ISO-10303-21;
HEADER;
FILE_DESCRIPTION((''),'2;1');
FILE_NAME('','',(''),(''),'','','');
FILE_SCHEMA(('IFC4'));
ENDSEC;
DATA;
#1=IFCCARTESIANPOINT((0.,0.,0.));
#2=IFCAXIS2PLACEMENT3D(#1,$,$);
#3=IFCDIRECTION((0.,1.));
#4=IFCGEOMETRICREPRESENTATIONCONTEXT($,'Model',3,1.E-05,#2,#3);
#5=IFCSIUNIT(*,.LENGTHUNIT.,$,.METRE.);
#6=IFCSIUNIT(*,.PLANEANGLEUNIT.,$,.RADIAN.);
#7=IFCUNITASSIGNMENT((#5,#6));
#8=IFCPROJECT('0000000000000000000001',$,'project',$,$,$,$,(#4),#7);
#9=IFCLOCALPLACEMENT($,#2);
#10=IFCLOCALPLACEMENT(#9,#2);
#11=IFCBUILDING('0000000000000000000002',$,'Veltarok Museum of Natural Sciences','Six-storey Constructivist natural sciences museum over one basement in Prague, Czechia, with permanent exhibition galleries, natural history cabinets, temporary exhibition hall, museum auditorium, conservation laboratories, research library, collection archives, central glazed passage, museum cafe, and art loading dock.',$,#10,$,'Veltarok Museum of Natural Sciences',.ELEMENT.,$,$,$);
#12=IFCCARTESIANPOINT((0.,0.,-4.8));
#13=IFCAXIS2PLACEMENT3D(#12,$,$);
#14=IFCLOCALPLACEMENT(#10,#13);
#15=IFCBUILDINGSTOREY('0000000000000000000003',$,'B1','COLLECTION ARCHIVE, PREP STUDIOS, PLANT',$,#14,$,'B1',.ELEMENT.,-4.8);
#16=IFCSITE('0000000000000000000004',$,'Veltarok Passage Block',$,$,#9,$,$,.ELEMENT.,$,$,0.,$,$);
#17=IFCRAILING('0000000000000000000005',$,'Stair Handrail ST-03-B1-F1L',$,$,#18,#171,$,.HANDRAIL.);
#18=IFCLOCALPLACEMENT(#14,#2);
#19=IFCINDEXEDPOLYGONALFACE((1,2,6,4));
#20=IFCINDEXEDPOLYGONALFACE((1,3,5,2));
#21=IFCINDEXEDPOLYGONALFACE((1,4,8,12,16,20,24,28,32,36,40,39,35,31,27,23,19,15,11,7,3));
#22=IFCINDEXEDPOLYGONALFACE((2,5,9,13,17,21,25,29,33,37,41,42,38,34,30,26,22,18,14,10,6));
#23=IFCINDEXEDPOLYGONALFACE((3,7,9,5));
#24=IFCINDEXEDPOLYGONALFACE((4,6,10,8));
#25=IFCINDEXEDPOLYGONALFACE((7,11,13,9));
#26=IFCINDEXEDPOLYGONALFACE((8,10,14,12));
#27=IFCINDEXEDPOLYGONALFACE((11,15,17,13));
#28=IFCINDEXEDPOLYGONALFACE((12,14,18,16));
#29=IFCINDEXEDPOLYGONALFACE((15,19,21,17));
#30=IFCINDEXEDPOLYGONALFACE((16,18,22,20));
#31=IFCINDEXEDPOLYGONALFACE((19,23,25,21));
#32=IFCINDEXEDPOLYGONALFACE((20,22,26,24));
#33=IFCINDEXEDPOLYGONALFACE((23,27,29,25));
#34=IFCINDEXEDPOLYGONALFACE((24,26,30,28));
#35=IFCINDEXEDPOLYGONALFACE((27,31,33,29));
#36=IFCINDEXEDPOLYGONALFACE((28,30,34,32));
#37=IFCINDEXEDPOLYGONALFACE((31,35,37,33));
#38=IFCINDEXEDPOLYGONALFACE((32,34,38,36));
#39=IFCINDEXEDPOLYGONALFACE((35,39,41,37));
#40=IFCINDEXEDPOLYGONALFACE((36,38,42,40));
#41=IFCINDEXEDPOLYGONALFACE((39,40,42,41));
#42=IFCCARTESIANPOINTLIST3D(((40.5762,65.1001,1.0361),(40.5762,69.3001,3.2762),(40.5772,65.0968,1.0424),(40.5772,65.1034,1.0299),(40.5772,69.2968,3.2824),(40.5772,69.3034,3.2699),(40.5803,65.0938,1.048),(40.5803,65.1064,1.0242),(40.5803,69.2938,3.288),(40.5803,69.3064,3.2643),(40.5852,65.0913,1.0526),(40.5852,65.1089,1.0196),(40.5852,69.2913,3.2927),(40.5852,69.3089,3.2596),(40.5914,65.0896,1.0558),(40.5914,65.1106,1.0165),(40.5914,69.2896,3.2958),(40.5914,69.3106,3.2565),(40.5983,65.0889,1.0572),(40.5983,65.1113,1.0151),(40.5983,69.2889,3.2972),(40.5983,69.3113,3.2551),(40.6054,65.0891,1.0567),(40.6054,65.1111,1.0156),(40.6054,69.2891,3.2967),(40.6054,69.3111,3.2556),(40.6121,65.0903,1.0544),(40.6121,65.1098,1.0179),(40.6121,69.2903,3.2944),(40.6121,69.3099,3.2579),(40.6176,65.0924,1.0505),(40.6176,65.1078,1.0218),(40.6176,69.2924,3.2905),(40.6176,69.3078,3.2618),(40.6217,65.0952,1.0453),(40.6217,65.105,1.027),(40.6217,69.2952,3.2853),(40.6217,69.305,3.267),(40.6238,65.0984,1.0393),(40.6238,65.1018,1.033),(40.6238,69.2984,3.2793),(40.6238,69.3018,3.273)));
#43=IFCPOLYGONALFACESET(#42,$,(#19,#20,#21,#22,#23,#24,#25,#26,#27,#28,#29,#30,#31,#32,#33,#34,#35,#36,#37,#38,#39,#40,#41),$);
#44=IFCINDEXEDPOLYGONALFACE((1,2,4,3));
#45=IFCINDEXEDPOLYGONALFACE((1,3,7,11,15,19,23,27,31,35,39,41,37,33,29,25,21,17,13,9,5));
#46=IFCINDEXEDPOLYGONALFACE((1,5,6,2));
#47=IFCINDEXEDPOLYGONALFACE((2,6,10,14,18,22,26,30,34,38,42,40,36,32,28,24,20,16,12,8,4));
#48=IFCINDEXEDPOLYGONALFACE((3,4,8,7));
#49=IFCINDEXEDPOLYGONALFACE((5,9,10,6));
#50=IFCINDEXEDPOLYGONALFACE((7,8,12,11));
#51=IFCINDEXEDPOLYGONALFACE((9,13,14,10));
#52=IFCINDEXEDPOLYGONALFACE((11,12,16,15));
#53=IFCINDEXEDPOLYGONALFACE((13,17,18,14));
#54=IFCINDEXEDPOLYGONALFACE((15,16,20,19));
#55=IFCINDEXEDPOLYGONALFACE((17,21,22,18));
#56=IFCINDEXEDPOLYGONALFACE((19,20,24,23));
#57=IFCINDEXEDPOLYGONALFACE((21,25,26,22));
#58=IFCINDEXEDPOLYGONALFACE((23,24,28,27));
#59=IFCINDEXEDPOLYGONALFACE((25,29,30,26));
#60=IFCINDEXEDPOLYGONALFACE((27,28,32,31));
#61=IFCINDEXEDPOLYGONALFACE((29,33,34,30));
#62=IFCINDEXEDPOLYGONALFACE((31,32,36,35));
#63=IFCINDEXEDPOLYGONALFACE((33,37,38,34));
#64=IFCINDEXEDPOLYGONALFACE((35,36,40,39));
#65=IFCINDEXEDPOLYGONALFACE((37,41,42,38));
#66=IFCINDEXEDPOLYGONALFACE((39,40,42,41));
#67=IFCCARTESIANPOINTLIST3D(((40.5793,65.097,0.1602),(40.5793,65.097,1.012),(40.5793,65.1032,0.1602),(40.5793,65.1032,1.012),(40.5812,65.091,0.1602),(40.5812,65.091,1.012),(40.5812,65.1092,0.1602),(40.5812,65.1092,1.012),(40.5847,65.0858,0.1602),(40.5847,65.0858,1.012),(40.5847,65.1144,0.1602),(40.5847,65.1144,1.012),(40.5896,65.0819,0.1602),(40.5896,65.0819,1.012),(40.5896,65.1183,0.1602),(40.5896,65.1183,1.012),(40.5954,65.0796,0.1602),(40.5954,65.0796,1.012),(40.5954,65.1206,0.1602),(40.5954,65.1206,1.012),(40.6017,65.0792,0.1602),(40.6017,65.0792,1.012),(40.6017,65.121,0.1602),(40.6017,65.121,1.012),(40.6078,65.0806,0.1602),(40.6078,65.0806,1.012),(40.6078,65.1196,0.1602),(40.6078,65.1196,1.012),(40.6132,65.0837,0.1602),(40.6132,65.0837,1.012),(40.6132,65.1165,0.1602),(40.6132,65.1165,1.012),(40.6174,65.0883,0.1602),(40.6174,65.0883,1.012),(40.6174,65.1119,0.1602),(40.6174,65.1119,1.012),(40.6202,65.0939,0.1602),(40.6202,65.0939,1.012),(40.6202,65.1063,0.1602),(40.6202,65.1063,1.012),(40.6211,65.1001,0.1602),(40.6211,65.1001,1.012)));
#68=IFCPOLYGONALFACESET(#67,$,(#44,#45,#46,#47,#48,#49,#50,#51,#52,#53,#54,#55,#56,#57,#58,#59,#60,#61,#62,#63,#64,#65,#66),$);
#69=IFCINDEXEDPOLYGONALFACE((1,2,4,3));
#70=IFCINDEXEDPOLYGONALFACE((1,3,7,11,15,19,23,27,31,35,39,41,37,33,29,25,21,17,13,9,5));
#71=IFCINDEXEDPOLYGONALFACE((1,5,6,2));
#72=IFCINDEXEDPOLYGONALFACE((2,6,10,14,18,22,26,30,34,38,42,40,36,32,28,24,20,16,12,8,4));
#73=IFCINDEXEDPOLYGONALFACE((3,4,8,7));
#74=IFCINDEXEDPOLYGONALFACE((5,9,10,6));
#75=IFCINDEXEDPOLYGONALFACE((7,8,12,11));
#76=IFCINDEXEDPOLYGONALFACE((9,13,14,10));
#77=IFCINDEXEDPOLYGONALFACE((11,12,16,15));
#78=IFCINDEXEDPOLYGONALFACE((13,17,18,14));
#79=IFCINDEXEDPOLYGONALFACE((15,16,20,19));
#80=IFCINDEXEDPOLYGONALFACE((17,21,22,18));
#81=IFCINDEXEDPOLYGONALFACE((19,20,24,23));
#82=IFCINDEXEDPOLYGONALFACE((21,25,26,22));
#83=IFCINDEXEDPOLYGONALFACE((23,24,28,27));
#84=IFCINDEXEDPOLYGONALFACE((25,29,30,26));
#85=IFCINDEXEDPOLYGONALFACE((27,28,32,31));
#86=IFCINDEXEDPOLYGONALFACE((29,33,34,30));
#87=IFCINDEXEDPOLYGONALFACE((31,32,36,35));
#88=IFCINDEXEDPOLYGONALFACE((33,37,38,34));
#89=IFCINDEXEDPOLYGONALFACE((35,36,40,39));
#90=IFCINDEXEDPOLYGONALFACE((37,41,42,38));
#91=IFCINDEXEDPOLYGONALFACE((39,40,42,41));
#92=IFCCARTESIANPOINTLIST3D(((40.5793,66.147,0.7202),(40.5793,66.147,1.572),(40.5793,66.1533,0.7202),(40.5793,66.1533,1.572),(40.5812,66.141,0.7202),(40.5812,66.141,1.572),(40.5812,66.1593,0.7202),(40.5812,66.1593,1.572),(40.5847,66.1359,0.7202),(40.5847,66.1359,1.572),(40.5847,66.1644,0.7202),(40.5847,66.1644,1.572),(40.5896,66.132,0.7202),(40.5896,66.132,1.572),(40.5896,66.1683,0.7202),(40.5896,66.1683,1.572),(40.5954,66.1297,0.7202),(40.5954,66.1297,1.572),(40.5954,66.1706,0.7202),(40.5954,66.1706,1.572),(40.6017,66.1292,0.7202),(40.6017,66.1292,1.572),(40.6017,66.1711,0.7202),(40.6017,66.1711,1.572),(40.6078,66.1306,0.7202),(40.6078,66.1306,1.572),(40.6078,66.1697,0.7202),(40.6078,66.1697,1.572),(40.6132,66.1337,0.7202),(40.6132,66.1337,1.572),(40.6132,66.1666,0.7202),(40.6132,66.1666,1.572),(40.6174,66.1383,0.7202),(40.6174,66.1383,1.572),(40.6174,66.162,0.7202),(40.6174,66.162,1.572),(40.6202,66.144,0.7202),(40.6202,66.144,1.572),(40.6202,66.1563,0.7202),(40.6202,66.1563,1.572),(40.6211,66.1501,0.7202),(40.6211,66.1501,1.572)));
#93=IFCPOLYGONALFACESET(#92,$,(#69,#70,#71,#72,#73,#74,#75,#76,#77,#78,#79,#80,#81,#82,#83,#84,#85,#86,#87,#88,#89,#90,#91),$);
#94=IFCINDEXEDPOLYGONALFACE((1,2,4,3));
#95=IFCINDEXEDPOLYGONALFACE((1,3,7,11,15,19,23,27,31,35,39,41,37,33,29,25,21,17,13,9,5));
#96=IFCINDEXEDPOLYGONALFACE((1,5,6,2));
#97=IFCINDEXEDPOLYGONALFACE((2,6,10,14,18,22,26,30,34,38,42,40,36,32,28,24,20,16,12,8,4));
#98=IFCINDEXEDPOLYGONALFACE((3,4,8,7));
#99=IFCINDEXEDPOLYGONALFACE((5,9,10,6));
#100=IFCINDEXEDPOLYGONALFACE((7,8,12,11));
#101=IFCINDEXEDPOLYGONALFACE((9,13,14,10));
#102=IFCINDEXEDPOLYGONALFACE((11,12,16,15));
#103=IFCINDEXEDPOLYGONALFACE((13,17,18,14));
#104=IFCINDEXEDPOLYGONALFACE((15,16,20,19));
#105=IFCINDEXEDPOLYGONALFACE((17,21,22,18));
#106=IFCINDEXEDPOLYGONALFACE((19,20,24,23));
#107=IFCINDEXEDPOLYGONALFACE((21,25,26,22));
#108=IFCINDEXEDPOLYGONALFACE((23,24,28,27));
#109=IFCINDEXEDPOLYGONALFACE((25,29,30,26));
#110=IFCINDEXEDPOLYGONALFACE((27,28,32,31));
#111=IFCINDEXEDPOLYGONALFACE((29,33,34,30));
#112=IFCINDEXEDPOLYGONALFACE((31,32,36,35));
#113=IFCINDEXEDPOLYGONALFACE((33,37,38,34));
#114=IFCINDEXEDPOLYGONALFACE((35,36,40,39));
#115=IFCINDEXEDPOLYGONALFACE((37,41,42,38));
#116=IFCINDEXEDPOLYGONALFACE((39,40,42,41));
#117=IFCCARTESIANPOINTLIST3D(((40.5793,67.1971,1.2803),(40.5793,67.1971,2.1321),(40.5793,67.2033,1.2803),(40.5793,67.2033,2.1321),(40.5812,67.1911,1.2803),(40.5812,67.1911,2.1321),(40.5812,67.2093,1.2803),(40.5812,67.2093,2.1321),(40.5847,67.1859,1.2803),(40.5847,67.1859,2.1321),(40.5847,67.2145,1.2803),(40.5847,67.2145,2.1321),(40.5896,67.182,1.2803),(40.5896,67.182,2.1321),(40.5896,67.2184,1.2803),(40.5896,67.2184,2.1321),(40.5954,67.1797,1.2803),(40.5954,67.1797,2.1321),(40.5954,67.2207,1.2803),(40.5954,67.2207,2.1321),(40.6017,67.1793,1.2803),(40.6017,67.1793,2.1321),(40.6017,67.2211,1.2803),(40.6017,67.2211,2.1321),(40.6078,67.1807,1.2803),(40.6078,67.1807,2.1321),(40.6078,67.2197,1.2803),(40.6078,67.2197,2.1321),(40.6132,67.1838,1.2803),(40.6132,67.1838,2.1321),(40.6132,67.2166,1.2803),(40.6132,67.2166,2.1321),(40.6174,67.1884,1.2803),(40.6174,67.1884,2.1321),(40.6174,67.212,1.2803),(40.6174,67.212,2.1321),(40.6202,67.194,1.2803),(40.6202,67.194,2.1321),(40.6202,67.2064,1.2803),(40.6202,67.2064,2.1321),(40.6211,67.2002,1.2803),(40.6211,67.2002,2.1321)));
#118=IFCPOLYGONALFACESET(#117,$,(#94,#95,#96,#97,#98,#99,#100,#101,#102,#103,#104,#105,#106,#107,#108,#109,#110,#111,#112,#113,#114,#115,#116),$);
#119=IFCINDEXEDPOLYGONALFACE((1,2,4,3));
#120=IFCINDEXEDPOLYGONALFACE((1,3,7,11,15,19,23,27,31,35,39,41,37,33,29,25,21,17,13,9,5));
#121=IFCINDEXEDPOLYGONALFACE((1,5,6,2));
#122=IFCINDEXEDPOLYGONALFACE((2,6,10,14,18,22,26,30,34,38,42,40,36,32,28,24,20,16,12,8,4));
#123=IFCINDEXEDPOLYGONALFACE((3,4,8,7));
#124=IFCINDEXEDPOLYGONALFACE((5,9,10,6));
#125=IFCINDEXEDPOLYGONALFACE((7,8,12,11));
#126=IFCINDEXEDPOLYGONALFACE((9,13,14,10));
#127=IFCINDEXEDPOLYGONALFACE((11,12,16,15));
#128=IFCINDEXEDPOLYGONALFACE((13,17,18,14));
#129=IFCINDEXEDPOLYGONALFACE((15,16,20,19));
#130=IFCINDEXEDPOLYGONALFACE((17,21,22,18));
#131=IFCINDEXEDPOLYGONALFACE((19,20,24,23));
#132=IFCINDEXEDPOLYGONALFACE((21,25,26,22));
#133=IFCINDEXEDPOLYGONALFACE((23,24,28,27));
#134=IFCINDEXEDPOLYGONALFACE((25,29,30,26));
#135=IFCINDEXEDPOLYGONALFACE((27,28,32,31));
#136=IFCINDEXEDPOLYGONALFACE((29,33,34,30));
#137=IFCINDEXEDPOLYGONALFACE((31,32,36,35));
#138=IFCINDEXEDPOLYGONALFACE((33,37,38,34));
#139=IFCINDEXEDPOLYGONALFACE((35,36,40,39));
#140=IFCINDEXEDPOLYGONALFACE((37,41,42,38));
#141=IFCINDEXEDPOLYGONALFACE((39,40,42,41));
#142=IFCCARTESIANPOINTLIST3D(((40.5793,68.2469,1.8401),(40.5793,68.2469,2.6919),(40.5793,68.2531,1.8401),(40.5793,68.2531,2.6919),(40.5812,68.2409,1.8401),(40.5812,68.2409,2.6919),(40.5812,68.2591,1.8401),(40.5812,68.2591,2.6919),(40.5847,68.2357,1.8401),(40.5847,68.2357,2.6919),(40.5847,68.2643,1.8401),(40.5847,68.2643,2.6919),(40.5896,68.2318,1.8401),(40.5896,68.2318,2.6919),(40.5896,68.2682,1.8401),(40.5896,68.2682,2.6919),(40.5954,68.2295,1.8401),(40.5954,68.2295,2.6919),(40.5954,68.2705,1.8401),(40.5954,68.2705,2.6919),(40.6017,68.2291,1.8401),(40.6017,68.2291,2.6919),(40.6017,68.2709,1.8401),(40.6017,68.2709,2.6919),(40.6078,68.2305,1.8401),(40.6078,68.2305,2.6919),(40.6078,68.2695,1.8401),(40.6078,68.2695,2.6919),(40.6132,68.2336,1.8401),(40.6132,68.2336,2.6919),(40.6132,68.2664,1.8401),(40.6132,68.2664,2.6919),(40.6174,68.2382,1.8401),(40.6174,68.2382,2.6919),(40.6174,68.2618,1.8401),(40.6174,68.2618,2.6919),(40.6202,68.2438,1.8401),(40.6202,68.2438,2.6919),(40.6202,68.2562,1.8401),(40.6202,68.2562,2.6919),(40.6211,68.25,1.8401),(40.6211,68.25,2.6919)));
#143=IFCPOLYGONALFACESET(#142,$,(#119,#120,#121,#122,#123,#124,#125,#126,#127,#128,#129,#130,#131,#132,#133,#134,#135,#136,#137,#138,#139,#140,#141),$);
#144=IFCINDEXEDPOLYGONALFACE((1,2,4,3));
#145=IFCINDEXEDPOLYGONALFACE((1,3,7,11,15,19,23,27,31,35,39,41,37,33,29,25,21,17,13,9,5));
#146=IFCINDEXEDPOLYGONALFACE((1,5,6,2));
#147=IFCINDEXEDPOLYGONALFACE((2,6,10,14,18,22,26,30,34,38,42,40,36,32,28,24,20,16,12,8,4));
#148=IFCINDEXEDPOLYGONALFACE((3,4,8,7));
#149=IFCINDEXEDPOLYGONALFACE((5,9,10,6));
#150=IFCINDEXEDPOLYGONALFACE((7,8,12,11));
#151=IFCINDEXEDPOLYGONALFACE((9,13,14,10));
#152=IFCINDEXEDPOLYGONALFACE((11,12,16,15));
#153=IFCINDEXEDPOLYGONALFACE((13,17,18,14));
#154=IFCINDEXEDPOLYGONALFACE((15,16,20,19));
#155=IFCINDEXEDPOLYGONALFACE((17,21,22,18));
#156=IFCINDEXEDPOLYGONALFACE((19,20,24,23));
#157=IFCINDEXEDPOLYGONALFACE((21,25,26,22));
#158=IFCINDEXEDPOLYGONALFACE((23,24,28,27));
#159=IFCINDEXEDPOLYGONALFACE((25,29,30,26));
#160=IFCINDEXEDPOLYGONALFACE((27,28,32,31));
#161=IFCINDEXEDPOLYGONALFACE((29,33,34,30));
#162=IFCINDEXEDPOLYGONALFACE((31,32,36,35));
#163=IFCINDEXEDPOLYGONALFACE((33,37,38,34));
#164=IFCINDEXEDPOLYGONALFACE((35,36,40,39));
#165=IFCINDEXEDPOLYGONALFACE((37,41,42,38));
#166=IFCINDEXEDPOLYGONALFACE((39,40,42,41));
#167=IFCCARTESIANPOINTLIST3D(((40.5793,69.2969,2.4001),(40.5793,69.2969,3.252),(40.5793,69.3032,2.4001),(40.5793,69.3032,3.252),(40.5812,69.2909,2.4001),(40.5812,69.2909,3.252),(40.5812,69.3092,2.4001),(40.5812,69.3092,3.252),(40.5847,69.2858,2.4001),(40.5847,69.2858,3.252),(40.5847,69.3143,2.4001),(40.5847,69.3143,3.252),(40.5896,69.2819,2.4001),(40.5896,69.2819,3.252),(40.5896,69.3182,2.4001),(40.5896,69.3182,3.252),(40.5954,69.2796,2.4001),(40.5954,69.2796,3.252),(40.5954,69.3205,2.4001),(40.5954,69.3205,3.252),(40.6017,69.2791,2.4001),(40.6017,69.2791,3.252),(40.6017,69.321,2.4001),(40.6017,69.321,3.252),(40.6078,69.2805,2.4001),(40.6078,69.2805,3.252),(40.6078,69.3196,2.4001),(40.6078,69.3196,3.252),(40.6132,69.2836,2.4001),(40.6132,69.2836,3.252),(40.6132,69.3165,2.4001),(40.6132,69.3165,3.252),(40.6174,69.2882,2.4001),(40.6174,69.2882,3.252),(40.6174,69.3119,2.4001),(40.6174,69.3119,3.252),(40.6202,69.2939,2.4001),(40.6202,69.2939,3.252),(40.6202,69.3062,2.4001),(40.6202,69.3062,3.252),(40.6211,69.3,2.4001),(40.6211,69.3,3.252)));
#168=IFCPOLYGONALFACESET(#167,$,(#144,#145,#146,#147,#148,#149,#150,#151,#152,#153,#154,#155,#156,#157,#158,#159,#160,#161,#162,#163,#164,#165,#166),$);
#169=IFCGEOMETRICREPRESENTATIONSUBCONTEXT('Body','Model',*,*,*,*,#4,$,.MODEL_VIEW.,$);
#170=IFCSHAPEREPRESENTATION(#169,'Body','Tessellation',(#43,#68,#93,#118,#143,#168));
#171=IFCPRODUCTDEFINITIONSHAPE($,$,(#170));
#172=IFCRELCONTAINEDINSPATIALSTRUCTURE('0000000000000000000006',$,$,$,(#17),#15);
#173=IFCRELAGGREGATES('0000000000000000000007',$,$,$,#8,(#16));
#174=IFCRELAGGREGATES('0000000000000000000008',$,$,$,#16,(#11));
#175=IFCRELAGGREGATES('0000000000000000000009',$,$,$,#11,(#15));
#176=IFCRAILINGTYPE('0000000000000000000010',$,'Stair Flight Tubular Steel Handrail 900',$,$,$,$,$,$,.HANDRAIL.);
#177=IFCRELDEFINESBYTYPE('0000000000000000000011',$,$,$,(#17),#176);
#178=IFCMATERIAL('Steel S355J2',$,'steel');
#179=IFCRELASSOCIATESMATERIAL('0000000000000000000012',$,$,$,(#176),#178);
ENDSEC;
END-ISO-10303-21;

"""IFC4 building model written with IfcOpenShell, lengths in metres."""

from ifc_helpers import new_model, si_unit, direction, frame, origin, origin_2d, place, context, subcontext, project, spatial, circle, extrude, material, type_object, element, save


model = new_model("IFC4")

# Units and contexts
model_context = context("Model", 3, precision=1e-05, world=origin(), true_north=direction((0.0, 1.0)))
body_context = subcontext(model_context, "Body", "Model", "MODEL_VIEW")
ifc_project = project(units=[si_unit("LENGTHUNIT", "METRE"), si_unit("PLANEANGLEUNIT", "RADIAN")], contexts=[model_context])

# Site, building, storey
site_placement = place(None, origin())
site = spatial("IfcSite", under=ifc_project, at=site_placement, Name="Veltarok Passage Block", CompositionType="ELEMENT", RefElevation=0.0)
building_placement = place(site_placement, origin())
building = spatial("IfcBuilding", under=site, at=building_placement, Name="Veltarok Museum of Natural Sciences", Description="Six-storey Constructivist natural sciences museum over one basement in Prague, Czechia, with permanent exhibition galleries, natural history cabinets, temporary exhibition hall, museum auditorium, conservation laboratories, research library, collection archives, central glazed passage, museum cafe, and art loading dock.", LongName="Veltarok Museum of Natural Sciences", CompositionType="ELEMENT")
storey_placement = place(building_placement, frame((0.0, 0.0, -4.8)))
storey = spatial("IfcBuildingStorey", under=building, at=storey_placement, Name="B1", Description="COLLECTION ARCHIVE, PREP STUDIOS, PLANT", LongName="B1", CompositionType="ELEMENT", Elevation=-4.8)

# Shared definitions
ifc_material_1 = material(Name="Steel S355J2", Category="steel")

# Railing
railing_type = type_object("IfcRailingType", Name="Stair Flight Tubular Steel Handrail 900", PredefinedType="HANDRAIL", material=ifc_material_1)
for number, where, name in (
    (1, (40.6001, 65.1001, 0.1602), "Stair Handrail ST-03-B1-F1L"),
):
    element("IfcRailing", number, at=place(storey_placement, frame(where)), inside=storey, type_object=railing_type, Name=name, PredefinedType="HANDRAIL", context=body_context, shape_type="SweptSolid", body=[
        extrude(circle(Radius=0.0239, at=origin_2d()), frame((0.0, 0.0, 0.876), z_axis=(0.0, 0.882352, 0.470591), x_axis=(-1.0, 0.0, 0.0)), (0.0, 0.0, 1.0), 4.76),
        extrude(circle(Radius=0.021, at=origin_2d()), origin(), (0.0, 0.0, 1.0), 0.8518),
        extrude(circle(Radius=0.021, at=origin_2d()), frame((0.0, 1.05, 0.5601)), (0.0, 0.0, 1.0), 0.8518),
        extrude(circle(Radius=0.021, at=origin_2d()), frame((0.0, 2.1001, 1.1201)), (0.0, 0.0, 1.0), 0.8518),
        extrude(circle(Radius=0.021, at=origin_2d()), frame((0.0, 3.1499, 1.6799)), (0.0, 0.0, 1.0), 0.8518),
        extrude(circle(Radius=0.021, at=origin_2d()), frame((0.0, 4.2, 2.24)), (0.0, 0.0, 1.0), 0.8518),
    ])

save(model, "model.ifc")
